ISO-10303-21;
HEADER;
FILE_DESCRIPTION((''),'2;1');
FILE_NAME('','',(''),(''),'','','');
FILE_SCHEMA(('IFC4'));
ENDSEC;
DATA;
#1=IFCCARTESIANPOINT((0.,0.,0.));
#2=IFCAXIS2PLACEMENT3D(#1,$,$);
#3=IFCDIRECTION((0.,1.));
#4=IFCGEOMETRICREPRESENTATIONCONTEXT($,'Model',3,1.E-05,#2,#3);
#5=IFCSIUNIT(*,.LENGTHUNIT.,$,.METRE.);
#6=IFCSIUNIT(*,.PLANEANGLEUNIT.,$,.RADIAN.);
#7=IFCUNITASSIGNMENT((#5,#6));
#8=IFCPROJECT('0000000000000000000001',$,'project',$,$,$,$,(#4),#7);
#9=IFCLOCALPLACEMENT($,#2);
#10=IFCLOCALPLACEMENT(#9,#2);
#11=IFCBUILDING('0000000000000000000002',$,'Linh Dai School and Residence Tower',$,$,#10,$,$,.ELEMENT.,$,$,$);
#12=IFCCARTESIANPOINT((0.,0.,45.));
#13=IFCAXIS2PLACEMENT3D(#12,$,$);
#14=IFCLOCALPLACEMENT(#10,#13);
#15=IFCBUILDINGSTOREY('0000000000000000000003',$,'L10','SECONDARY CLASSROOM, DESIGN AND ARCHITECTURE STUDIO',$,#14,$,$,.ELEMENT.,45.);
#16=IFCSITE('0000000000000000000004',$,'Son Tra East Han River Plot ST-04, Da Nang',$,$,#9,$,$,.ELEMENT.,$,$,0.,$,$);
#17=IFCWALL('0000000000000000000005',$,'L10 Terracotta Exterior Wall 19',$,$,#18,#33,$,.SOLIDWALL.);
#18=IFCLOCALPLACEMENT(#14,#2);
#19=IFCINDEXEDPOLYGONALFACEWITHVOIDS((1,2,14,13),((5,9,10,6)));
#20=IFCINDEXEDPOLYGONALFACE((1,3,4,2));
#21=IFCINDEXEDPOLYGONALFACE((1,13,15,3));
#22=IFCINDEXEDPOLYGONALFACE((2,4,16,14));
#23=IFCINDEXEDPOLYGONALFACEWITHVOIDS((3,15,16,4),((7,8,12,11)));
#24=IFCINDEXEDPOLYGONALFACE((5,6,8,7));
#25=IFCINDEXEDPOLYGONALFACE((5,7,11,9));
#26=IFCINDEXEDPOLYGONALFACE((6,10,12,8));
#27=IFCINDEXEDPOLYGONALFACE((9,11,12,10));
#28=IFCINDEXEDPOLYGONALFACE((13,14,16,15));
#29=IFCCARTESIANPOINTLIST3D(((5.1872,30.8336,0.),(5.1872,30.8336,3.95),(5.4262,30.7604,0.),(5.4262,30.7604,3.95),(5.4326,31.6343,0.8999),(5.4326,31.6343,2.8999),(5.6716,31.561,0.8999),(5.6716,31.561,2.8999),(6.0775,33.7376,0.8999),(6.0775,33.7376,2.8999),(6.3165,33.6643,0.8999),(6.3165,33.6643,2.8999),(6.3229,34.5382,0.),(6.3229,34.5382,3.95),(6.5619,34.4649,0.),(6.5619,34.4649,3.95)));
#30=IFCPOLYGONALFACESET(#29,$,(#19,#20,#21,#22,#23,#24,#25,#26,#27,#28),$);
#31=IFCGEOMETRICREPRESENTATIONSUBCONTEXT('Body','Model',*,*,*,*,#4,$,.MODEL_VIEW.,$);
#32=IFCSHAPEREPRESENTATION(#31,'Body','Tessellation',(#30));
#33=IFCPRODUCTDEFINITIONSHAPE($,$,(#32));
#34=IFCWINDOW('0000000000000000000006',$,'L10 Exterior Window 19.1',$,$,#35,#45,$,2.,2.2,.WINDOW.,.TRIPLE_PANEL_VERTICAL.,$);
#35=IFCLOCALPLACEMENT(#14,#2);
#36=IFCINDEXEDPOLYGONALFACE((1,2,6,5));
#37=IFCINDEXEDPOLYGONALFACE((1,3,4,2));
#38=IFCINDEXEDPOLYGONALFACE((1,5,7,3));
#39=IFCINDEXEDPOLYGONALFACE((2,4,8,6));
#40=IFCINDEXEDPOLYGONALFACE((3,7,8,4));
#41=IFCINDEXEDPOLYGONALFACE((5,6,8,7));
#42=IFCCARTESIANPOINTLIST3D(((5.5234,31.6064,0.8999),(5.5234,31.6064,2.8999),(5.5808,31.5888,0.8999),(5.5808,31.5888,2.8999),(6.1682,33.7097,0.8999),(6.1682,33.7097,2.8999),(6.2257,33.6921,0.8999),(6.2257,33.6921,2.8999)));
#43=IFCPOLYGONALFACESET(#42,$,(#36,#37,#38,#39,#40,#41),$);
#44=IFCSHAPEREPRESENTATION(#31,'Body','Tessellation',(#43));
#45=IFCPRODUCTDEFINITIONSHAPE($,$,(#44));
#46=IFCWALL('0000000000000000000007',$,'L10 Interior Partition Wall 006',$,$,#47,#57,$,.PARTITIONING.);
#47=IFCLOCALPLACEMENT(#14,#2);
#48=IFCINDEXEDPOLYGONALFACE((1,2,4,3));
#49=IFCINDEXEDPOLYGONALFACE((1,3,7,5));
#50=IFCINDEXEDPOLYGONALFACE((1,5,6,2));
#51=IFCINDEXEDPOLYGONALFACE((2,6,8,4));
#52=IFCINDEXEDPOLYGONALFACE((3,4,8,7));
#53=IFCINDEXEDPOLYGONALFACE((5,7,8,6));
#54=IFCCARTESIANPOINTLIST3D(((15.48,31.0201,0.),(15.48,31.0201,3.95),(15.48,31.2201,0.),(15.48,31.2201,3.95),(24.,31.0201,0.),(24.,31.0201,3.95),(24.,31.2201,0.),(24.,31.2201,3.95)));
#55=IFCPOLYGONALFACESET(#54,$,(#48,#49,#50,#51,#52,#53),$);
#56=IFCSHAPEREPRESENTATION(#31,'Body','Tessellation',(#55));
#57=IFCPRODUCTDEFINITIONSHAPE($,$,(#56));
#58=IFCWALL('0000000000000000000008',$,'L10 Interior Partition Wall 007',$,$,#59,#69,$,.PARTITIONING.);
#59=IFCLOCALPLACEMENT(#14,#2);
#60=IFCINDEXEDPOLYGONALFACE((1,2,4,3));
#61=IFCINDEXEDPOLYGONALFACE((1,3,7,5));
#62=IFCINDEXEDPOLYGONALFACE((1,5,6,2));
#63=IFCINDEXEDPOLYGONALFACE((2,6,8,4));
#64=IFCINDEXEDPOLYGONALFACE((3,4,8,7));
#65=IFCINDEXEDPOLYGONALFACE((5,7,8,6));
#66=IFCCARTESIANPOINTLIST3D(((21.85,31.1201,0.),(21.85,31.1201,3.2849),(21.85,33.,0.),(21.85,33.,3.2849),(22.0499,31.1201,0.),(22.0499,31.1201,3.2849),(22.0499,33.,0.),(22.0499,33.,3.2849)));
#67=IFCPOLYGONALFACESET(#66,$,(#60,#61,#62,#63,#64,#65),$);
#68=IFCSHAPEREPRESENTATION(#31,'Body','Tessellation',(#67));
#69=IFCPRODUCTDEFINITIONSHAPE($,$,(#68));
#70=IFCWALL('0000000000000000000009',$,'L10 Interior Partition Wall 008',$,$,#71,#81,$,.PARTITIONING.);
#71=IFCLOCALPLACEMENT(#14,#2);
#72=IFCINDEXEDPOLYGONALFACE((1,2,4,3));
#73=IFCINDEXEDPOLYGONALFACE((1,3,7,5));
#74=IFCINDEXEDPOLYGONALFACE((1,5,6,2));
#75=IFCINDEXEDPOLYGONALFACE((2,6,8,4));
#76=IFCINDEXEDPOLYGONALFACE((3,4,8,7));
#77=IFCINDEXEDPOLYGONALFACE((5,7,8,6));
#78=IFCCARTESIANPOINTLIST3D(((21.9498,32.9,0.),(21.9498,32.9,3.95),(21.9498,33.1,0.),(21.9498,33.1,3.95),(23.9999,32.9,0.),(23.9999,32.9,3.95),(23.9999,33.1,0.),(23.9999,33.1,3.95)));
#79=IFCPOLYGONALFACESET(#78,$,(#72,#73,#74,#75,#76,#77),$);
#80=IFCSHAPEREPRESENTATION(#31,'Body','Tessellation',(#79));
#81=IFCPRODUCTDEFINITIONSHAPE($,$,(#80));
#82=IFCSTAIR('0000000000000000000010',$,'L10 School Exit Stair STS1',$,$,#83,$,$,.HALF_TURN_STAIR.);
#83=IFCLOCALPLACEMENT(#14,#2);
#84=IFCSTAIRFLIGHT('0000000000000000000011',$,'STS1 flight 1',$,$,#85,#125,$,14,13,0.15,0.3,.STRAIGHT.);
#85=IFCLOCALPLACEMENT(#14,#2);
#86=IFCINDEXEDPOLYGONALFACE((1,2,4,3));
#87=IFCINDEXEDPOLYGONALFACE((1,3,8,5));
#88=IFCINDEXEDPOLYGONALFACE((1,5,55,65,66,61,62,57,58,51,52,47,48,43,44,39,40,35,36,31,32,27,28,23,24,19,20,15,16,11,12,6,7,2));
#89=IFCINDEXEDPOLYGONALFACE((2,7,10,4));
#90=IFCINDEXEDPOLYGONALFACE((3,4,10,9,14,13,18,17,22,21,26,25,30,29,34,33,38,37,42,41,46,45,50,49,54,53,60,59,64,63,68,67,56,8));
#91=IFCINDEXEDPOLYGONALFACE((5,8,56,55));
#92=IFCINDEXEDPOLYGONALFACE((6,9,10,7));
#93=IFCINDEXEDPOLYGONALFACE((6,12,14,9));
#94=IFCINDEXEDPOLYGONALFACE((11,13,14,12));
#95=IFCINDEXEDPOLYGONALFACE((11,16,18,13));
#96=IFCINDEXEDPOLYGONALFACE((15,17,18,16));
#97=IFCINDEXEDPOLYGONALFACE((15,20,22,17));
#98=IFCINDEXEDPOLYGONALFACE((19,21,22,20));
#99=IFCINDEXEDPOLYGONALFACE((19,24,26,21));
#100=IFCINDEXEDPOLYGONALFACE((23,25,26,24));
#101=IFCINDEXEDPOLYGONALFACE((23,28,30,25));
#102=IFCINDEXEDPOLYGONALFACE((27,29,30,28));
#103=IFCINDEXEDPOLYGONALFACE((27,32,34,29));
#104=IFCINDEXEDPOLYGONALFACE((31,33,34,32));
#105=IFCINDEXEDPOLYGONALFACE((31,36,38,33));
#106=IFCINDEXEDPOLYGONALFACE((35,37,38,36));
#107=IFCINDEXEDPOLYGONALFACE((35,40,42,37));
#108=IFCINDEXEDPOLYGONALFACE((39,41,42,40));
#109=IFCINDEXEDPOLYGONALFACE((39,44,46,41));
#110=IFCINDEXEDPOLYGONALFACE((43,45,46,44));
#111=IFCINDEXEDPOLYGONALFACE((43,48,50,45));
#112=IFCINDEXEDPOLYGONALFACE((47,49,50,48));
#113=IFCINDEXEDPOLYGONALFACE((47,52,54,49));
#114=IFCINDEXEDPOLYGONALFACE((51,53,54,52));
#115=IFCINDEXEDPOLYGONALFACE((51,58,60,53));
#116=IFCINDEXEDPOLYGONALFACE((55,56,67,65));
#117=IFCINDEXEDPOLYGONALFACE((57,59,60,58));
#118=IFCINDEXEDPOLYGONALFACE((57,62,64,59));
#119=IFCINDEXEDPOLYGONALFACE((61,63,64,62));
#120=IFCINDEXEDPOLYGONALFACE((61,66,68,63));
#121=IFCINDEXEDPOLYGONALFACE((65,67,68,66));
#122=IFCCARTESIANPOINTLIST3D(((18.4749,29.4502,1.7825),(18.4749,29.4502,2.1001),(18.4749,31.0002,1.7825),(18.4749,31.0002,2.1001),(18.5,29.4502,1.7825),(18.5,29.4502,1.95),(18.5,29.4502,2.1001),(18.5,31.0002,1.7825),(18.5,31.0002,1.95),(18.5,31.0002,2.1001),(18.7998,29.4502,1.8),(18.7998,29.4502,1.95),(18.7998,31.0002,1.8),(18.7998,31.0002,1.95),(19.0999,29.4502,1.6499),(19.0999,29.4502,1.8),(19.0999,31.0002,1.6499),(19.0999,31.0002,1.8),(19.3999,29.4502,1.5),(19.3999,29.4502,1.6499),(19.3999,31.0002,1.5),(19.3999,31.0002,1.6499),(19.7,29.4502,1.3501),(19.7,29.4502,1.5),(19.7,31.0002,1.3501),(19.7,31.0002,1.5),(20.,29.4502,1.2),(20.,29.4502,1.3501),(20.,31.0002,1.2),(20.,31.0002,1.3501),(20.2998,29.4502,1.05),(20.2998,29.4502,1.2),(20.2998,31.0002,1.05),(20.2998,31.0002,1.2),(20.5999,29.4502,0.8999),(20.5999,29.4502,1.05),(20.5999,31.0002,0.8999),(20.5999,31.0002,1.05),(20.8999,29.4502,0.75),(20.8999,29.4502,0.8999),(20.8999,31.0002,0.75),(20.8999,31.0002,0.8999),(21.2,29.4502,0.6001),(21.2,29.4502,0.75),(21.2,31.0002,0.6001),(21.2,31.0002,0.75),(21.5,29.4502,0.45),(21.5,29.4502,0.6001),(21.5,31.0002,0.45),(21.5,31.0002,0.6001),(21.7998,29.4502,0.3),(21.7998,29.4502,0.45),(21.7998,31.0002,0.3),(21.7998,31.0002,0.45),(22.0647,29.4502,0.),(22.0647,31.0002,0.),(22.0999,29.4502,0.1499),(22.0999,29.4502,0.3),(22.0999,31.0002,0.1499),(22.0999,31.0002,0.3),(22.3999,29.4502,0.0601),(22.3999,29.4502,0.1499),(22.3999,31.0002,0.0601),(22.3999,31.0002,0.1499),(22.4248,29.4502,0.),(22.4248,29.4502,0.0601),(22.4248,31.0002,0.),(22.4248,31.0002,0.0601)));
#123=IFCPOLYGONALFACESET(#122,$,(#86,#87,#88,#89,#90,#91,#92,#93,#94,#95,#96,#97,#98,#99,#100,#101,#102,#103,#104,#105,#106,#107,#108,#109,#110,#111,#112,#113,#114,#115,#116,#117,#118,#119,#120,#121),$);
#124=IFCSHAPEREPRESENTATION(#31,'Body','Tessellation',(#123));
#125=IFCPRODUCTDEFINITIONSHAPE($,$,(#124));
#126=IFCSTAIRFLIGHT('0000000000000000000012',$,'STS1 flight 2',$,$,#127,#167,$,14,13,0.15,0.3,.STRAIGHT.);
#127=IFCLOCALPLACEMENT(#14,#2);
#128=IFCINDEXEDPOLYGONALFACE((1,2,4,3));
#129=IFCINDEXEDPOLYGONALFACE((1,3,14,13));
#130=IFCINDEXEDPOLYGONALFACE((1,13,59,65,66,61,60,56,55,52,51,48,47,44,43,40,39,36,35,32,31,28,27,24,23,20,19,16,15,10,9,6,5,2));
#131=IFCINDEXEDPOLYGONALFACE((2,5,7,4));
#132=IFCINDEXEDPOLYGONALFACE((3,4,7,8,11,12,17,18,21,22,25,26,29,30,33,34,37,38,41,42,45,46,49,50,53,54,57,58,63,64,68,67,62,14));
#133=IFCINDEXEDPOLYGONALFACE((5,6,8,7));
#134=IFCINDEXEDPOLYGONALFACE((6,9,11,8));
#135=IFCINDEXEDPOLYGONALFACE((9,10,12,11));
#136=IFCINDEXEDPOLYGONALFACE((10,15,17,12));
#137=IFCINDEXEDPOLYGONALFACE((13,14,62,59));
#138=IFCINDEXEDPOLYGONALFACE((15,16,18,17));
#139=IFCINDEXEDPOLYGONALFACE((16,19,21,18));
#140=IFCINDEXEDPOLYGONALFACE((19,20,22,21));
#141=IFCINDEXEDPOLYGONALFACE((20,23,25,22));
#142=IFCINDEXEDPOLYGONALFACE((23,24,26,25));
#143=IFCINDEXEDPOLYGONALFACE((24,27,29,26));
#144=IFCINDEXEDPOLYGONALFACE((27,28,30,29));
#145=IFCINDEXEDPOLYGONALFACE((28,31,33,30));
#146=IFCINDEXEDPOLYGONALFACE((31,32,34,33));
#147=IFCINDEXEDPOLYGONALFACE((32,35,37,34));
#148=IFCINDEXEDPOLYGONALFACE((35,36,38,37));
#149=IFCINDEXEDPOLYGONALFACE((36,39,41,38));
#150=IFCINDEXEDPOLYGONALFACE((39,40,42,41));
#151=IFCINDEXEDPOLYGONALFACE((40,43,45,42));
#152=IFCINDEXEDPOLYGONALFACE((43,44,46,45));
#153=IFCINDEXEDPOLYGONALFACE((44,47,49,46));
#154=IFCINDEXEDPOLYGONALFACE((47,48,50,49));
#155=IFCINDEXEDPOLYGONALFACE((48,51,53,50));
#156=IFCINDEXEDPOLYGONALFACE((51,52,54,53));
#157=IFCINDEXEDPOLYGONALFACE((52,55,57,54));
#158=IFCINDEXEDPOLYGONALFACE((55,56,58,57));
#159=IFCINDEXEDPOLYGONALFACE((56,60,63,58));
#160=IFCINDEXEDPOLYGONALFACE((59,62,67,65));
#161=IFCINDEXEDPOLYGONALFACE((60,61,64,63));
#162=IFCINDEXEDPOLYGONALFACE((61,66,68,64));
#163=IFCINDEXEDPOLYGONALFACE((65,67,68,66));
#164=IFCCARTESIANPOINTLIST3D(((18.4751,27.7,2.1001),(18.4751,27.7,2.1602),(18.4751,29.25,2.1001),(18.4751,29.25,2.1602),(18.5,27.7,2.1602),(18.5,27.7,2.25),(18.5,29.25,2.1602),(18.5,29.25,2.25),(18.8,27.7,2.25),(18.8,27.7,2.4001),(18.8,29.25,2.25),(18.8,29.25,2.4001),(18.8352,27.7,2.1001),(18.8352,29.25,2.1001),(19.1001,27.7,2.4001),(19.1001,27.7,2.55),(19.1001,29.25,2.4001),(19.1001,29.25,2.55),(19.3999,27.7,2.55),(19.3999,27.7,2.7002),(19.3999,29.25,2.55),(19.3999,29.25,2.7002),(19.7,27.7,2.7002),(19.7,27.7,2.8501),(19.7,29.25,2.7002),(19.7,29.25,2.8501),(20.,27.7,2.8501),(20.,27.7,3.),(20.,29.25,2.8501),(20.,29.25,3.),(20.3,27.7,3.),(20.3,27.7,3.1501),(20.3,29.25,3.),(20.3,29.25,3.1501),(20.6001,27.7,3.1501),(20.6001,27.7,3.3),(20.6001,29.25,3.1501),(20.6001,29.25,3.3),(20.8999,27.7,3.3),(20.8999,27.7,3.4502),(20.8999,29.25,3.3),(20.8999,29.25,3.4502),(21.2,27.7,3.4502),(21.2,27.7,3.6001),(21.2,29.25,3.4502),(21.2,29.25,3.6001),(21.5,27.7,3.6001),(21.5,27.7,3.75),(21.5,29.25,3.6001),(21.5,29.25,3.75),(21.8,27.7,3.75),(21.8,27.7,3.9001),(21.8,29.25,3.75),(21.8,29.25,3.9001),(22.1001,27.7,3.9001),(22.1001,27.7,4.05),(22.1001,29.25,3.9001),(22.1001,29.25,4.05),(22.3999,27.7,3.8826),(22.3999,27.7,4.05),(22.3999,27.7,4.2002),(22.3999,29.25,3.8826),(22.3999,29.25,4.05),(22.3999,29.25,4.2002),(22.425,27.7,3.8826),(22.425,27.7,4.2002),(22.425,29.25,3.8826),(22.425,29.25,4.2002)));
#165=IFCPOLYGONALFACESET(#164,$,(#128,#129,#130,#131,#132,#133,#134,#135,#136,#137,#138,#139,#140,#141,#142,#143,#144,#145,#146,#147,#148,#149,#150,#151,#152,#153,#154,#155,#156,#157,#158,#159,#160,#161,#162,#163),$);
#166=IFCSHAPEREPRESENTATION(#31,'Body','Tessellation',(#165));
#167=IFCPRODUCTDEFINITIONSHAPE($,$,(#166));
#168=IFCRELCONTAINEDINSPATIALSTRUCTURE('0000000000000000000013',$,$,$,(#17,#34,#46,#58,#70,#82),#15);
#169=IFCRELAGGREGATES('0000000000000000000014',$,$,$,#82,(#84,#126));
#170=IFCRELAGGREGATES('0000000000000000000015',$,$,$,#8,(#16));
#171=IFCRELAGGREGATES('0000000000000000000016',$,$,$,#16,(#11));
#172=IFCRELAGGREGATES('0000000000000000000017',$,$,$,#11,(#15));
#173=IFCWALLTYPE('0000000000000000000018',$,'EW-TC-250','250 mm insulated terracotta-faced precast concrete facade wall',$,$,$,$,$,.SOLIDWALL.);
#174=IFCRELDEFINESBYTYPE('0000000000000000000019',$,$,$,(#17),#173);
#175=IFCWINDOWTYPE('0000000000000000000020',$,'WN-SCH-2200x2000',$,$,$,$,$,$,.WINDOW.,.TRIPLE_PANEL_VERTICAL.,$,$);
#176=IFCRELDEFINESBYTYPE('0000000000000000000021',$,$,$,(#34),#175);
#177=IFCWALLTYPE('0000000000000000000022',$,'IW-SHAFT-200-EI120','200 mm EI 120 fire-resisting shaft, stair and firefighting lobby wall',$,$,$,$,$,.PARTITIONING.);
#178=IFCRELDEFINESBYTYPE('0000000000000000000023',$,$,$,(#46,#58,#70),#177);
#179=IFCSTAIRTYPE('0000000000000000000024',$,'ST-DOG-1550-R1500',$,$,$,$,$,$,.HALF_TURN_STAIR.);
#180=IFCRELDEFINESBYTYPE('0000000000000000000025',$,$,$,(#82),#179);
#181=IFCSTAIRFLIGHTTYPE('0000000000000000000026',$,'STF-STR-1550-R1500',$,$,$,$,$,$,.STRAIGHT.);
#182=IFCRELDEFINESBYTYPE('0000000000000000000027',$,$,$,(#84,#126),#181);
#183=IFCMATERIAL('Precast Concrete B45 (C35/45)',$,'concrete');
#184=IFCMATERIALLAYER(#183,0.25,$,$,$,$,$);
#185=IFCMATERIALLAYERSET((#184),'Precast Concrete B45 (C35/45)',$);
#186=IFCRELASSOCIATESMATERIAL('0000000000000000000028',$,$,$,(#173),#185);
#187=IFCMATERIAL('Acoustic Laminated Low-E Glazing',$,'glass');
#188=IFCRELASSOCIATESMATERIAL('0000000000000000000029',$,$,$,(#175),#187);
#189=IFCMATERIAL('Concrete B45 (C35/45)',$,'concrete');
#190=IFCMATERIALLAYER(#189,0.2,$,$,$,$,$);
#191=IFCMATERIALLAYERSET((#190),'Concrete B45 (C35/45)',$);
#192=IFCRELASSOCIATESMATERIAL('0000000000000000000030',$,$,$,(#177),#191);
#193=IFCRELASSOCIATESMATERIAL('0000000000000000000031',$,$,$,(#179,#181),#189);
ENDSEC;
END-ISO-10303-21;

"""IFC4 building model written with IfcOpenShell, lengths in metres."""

from ifc_helpers import new_model, si_unit, direction, frame, frame_2d, origin, origin_2d, place, context, subcontext, project, spatial, polyline, rectangle, outline, extrude, source, transform, mapped, material, layer, layer_set, type_object, element, fill, aggregate, save


model = new_model("IFC4")

# Units and contexts
model_context = context("Model", 3, precision=1e-05, world=origin(), true_north=direction((0.0, 1.0)))
body_context = subcontext(model_context, "Body", "Model", "MODEL_VIEW")
ifc_project = project(units=[si_unit("LENGTHUNIT", "METRE"), si_unit("PLANEANGLEUNIT", "RADIAN")], contexts=[model_context])

# Site, building, storey
site_placement = place(None, origin())
site = spatial("IfcSite", under=ifc_project, at=site_placement, Name="Son Tra East Han River Plot ST-04, Da Nang", CompositionType="ELEMENT", RefElevation=0.0)
building_placement = place(site_placement, origin())
building = spatial("IfcBuilding", under=site, at=building_placement, Name="Linh Dai School and Residence Tower", CompositionType="ELEMENT")
storey_placement = place(building_placement, frame((0.0, 0.0, 45.0)))
storey = spatial("IfcBuildingStorey", under=building, at=storey_placement, Name="L10", Description="SECONDARY CLASSROOM, DESIGN AND ARCHITECTURE STUDIO", CompositionType="ELEMENT", Elevation=45.0)

# Shared definitions
ifc_material_1 = material(Name="Precast Concrete B45 (C35/45)", Category="concrete")

# Shared definitions
ifc_layer_1 = layer(ifc_material_1, 0.25)
ifc_layer_set_1 = layer_set([ifc_layer_1], Name="Precast Concrete B45 (C35/45)")
wall_type_1 = type_object("IfcWallType", Name="EW-TC-250", Description="250 mm insulated terracotta-faced precast concrete facade wall", PredefinedType="SOLIDWALL", material=ifc_layer_set_1)

# Wall, opening, window
wall_1_placement = place(storey_placement, frame((5.3066, 30.7969, 0.0), z_axis=(0.0, 0.0, 1.0), x_axis=(0.293112, 0.956078, 0.0)))
wall_1 = element("IfcWall", 1, at=wall_1_placement, inside=storey, type_object=wall_type_1, Name="L10 Terracotta Exterior Wall 19", PredefinedType="SOLIDWALL", context=body_context, shape_type="SweptSolid", body=[
    extrude(rectangle(XDim=3.8748, YDim=0.25, at=frame_2d((1.9375, 0.0))), origin(), (0.0, 0.0, 1.0), 3.95),
])
opening_placement = place(wall_1_placement, frame((0.8374, 0.0, 0.8999)))
opening = element("IfcOpeningElement", 2, at=opening_placement, cuts=wall_1, PredefinedType="OPENING", context=body_context, shape_type="SweptSolid", body=[
    extrude(rectangle(XDim=2.2, YDim=2.0, at=origin_2d()), frame((1.1001, 0.135, 1.0), z_axis=(0.0, -1.0, 0.0), x_axis=(1.0, 0.0, 0.0)), (0.0, 0.0, 1.0), 0.27),
])
ifc_material_2 = material(Name="Acoustic Laminated Low-E Glazing", Category="glass")
window_type = type_object("IfcWindowType", Name="WN-SCH-2200x2000", PartitioningType="TRIPLE_PANEL_VERTICAL", PredefinedType="WINDOW", material=ifc_material_2)
shared_shape_1 = source(origin(), body_context, "Body", "SweptSolid", [
    extrude(rectangle(XDim=2.2, YDim=2.0, at=origin_2d()), frame((1.1001, 0.03, 1.0), z_axis=(0.0, -1.0, 0.0), x_axis=(1.0, 0.0, 0.0)), (0.0, 0.0, 1.0), 0.0601),
])
window_placement = place(opening_placement, origin())
window = element("IfcWindow", 3, at=window_placement, inside=storey, type_object=window_type, Name="L10 Exterior Window 19.1", OverallHeight=2.0, OverallWidth=2.2, PartitioningType="TRIPLE_PANEL_VERTICAL", PredefinedType="WINDOW", context=body_context, shape_type="MappedRepresentation", body=[
    mapped(shared_shape_1, transform((0.0, 0.0, 0.0), x_axis=(1.0, 0.0, 0.0), y_axis=(0.0, 1.0, 0.0), z_axis=(0.0, 0.0, 1.0), scale=1.0)),
])
fill(opening, window)

# Walls
ifc_material_3 = material(Name="Concrete B45 (C35/45)", Category="concrete")
ifc_layer_2 = layer(ifc_material_3, 0.2)
ifc_layer_set_2 = layer_set([ifc_layer_2], Name="Concrete B45 (C35/45)")
wall_type_2 = type_object("IfcWallType", Name="IW-SHAFT-200-EI120", Description="200 mm EI 120 fire-resisting shaft, stair and firefighting lobby wall", PredefinedType="PARTITIONING", material=ifc_layer_set_2)
wall_2_placement = place(storey_placement, frame((15.48, 31.1201, 0.0), z_axis=(0.0, 0.0, 1.0), x_axis=(1.0, 0.0, 0.0)))
element("IfcWall", 4, at=wall_2_placement, inside=storey, type_object=wall_type_2, Name="L10 Interior Partition Wall 006", PredefinedType="PARTITIONING", context=body_context, shape_type="SweptSolid", body=[
    extrude(rectangle(XDim=8.52, YDim=0.2, at=frame_2d((4.26, 0.0))), origin(), (0.0, 0.0, 1.0), 3.95),
])
wall_3_placement = place(storey_placement, frame((21.95, 31.1201, 0.0), z_axis=(0.0, 0.0, 1.0), x_axis=(0.0, 1.0, 0.0)))
element("IfcWall", 5, at=wall_3_placement, inside=storey, type_object=wall_type_2, Name="L10 Interior Partition Wall 007", PredefinedType="PARTITIONING", context=body_context, shape_type="SweptSolid", body=[
    extrude(rectangle(XDim=1.8799, YDim=0.2, at=frame_2d((0.9399, 0.0))), origin(), (0.0, 0.0, 1.0), 3.2849),
])
wall_4_placement = place(storey_placement, frame((21.95, 33.0, 0.0), z_axis=(0.0, 0.0, 1.0), x_axis=(1.0, 0.0, 0.0)))
element("IfcWall", 6, at=wall_4_placement, inside=storey, type_object=wall_type_2, Name="L10 Interior Partition Wall 008", PredefinedType="PARTITIONING", context=body_context, shape_type="SweptSolid", body=[
    extrude(rectangle(XDim=2.05, YDim=0.2, at=frame_2d((1.0249, 0.0))), origin(), (0.0, 0.0, 1.0), 3.95),
])

# Stair, stair flights
stair_type = type_object("IfcStairType", Name="ST-DOG-1550-R1500", PredefinedType="HALF_TURN_STAIR", material=ifc_material_3)
stair_placement = place(storey_placement, origin())
stair = element("IfcStair", 7, at=stair_placement, inside=storey, type_object=stair_type, Name="L10 School Exit Stair STS1", PredefinedType="HALF_TURN_STAIR")
stair_flight_type = type_object("IfcStairFlightType", Name="STF-STR-1550-R1500", PredefinedType="STRAIGHT", material=ifc_material_3)
shared_shape_2 = source(origin(), body_context, "Body", "SweptSolid", [
    extrude(outline(polyline([(-0.0249, 0.0), (-0.0249, 0.0601), (0.0, 0.0601), (0.0, 0.1499), (0.3, 0.1499), (0.3, 0.3), (0.6001, 0.3), (0.6001, 0.45), (0.8999, 0.45), (0.8999, 0.6001), (1.2, 0.6001), (1.2, 0.75), (1.5, 0.75), (1.5, 0.8999), (1.8, 0.8999), (1.8, 1.05), (2.1001, 1.05), (2.1001, 1.2), (2.3999, 1.2), (2.3999, 1.3501), (2.7, 1.3501), (2.7, 1.5), (3.0, 1.5), (3.0, 1.6499), (3.3, 1.6499), (3.3, 1.8), (3.6001, 1.8), (3.6001, 1.95), (3.8999, 1.95), (3.8999, 2.1001), (3.925, 2.1001), (3.925, 1.7825), (3.8999, 1.7825), (0.3352, 0.0), (-0.0249, 0.0)])), frame((0.0, 0.7749, 0.0), z_axis=(0.0, -1.0, 0.0), x_axis=(1.0, 0.0, 0.0)), (0.0, 0.0, 1.0), 1.55),
])
stair_flight_1_placement = place(storey_placement, frame((22.3999, 30.2251, 0.0), z_axis=(0.0, 0.0, 1.0), x_axis=(-1.0, 0.0, 0.0)))
stair_flight_1 = element("IfcStairFlight", 8, at=stair_flight_1_placement, type_object=stair_flight_type, Name="STS1 flight 1", NumberOfRisers=14, NumberOfTreads=13, PredefinedType="STRAIGHT", RiserHeight=0.15, TreadLength=0.3, context=body_context, shape_type="MappedRepresentation", body=[
    mapped(shared_shape_2, transform((0.0, 0.0, 0.0), x_axis=(1.0, 0.0, 0.0), y_axis=(0.0, 1.0, 0.0), z_axis=(0.0, 0.0, 1.0), scale=1.0)),
])
stair_flight_2_placement = place(storey_placement, frame((18.5, 28.4751, 2.1001), z_axis=(0.0, 0.0, 1.0), x_axis=(1.0, 0.0, 0.0)))
stair_flight_2 = element("IfcStairFlight", 9, at=stair_flight_2_placement, type_object=stair_flight_type, Name="STS1 flight 2", NumberOfRisers=14, NumberOfTreads=13, PredefinedType="STRAIGHT", RiserHeight=0.15, TreadLength=0.3, context=body_context, shape_type="MappedRepresentation", body=[
    mapped(shared_shape_2, transform((0.0, 0.0, 0.0), x_axis=(1.0, 0.0, 0.0), y_axis=(0.0, 1.0, 0.0), z_axis=(0.0, 0.0, 1.0), scale=1.0)),
])
aggregate(stair, [stair_flight_1, stair_flight_2])

save(model, "model.ifc")
